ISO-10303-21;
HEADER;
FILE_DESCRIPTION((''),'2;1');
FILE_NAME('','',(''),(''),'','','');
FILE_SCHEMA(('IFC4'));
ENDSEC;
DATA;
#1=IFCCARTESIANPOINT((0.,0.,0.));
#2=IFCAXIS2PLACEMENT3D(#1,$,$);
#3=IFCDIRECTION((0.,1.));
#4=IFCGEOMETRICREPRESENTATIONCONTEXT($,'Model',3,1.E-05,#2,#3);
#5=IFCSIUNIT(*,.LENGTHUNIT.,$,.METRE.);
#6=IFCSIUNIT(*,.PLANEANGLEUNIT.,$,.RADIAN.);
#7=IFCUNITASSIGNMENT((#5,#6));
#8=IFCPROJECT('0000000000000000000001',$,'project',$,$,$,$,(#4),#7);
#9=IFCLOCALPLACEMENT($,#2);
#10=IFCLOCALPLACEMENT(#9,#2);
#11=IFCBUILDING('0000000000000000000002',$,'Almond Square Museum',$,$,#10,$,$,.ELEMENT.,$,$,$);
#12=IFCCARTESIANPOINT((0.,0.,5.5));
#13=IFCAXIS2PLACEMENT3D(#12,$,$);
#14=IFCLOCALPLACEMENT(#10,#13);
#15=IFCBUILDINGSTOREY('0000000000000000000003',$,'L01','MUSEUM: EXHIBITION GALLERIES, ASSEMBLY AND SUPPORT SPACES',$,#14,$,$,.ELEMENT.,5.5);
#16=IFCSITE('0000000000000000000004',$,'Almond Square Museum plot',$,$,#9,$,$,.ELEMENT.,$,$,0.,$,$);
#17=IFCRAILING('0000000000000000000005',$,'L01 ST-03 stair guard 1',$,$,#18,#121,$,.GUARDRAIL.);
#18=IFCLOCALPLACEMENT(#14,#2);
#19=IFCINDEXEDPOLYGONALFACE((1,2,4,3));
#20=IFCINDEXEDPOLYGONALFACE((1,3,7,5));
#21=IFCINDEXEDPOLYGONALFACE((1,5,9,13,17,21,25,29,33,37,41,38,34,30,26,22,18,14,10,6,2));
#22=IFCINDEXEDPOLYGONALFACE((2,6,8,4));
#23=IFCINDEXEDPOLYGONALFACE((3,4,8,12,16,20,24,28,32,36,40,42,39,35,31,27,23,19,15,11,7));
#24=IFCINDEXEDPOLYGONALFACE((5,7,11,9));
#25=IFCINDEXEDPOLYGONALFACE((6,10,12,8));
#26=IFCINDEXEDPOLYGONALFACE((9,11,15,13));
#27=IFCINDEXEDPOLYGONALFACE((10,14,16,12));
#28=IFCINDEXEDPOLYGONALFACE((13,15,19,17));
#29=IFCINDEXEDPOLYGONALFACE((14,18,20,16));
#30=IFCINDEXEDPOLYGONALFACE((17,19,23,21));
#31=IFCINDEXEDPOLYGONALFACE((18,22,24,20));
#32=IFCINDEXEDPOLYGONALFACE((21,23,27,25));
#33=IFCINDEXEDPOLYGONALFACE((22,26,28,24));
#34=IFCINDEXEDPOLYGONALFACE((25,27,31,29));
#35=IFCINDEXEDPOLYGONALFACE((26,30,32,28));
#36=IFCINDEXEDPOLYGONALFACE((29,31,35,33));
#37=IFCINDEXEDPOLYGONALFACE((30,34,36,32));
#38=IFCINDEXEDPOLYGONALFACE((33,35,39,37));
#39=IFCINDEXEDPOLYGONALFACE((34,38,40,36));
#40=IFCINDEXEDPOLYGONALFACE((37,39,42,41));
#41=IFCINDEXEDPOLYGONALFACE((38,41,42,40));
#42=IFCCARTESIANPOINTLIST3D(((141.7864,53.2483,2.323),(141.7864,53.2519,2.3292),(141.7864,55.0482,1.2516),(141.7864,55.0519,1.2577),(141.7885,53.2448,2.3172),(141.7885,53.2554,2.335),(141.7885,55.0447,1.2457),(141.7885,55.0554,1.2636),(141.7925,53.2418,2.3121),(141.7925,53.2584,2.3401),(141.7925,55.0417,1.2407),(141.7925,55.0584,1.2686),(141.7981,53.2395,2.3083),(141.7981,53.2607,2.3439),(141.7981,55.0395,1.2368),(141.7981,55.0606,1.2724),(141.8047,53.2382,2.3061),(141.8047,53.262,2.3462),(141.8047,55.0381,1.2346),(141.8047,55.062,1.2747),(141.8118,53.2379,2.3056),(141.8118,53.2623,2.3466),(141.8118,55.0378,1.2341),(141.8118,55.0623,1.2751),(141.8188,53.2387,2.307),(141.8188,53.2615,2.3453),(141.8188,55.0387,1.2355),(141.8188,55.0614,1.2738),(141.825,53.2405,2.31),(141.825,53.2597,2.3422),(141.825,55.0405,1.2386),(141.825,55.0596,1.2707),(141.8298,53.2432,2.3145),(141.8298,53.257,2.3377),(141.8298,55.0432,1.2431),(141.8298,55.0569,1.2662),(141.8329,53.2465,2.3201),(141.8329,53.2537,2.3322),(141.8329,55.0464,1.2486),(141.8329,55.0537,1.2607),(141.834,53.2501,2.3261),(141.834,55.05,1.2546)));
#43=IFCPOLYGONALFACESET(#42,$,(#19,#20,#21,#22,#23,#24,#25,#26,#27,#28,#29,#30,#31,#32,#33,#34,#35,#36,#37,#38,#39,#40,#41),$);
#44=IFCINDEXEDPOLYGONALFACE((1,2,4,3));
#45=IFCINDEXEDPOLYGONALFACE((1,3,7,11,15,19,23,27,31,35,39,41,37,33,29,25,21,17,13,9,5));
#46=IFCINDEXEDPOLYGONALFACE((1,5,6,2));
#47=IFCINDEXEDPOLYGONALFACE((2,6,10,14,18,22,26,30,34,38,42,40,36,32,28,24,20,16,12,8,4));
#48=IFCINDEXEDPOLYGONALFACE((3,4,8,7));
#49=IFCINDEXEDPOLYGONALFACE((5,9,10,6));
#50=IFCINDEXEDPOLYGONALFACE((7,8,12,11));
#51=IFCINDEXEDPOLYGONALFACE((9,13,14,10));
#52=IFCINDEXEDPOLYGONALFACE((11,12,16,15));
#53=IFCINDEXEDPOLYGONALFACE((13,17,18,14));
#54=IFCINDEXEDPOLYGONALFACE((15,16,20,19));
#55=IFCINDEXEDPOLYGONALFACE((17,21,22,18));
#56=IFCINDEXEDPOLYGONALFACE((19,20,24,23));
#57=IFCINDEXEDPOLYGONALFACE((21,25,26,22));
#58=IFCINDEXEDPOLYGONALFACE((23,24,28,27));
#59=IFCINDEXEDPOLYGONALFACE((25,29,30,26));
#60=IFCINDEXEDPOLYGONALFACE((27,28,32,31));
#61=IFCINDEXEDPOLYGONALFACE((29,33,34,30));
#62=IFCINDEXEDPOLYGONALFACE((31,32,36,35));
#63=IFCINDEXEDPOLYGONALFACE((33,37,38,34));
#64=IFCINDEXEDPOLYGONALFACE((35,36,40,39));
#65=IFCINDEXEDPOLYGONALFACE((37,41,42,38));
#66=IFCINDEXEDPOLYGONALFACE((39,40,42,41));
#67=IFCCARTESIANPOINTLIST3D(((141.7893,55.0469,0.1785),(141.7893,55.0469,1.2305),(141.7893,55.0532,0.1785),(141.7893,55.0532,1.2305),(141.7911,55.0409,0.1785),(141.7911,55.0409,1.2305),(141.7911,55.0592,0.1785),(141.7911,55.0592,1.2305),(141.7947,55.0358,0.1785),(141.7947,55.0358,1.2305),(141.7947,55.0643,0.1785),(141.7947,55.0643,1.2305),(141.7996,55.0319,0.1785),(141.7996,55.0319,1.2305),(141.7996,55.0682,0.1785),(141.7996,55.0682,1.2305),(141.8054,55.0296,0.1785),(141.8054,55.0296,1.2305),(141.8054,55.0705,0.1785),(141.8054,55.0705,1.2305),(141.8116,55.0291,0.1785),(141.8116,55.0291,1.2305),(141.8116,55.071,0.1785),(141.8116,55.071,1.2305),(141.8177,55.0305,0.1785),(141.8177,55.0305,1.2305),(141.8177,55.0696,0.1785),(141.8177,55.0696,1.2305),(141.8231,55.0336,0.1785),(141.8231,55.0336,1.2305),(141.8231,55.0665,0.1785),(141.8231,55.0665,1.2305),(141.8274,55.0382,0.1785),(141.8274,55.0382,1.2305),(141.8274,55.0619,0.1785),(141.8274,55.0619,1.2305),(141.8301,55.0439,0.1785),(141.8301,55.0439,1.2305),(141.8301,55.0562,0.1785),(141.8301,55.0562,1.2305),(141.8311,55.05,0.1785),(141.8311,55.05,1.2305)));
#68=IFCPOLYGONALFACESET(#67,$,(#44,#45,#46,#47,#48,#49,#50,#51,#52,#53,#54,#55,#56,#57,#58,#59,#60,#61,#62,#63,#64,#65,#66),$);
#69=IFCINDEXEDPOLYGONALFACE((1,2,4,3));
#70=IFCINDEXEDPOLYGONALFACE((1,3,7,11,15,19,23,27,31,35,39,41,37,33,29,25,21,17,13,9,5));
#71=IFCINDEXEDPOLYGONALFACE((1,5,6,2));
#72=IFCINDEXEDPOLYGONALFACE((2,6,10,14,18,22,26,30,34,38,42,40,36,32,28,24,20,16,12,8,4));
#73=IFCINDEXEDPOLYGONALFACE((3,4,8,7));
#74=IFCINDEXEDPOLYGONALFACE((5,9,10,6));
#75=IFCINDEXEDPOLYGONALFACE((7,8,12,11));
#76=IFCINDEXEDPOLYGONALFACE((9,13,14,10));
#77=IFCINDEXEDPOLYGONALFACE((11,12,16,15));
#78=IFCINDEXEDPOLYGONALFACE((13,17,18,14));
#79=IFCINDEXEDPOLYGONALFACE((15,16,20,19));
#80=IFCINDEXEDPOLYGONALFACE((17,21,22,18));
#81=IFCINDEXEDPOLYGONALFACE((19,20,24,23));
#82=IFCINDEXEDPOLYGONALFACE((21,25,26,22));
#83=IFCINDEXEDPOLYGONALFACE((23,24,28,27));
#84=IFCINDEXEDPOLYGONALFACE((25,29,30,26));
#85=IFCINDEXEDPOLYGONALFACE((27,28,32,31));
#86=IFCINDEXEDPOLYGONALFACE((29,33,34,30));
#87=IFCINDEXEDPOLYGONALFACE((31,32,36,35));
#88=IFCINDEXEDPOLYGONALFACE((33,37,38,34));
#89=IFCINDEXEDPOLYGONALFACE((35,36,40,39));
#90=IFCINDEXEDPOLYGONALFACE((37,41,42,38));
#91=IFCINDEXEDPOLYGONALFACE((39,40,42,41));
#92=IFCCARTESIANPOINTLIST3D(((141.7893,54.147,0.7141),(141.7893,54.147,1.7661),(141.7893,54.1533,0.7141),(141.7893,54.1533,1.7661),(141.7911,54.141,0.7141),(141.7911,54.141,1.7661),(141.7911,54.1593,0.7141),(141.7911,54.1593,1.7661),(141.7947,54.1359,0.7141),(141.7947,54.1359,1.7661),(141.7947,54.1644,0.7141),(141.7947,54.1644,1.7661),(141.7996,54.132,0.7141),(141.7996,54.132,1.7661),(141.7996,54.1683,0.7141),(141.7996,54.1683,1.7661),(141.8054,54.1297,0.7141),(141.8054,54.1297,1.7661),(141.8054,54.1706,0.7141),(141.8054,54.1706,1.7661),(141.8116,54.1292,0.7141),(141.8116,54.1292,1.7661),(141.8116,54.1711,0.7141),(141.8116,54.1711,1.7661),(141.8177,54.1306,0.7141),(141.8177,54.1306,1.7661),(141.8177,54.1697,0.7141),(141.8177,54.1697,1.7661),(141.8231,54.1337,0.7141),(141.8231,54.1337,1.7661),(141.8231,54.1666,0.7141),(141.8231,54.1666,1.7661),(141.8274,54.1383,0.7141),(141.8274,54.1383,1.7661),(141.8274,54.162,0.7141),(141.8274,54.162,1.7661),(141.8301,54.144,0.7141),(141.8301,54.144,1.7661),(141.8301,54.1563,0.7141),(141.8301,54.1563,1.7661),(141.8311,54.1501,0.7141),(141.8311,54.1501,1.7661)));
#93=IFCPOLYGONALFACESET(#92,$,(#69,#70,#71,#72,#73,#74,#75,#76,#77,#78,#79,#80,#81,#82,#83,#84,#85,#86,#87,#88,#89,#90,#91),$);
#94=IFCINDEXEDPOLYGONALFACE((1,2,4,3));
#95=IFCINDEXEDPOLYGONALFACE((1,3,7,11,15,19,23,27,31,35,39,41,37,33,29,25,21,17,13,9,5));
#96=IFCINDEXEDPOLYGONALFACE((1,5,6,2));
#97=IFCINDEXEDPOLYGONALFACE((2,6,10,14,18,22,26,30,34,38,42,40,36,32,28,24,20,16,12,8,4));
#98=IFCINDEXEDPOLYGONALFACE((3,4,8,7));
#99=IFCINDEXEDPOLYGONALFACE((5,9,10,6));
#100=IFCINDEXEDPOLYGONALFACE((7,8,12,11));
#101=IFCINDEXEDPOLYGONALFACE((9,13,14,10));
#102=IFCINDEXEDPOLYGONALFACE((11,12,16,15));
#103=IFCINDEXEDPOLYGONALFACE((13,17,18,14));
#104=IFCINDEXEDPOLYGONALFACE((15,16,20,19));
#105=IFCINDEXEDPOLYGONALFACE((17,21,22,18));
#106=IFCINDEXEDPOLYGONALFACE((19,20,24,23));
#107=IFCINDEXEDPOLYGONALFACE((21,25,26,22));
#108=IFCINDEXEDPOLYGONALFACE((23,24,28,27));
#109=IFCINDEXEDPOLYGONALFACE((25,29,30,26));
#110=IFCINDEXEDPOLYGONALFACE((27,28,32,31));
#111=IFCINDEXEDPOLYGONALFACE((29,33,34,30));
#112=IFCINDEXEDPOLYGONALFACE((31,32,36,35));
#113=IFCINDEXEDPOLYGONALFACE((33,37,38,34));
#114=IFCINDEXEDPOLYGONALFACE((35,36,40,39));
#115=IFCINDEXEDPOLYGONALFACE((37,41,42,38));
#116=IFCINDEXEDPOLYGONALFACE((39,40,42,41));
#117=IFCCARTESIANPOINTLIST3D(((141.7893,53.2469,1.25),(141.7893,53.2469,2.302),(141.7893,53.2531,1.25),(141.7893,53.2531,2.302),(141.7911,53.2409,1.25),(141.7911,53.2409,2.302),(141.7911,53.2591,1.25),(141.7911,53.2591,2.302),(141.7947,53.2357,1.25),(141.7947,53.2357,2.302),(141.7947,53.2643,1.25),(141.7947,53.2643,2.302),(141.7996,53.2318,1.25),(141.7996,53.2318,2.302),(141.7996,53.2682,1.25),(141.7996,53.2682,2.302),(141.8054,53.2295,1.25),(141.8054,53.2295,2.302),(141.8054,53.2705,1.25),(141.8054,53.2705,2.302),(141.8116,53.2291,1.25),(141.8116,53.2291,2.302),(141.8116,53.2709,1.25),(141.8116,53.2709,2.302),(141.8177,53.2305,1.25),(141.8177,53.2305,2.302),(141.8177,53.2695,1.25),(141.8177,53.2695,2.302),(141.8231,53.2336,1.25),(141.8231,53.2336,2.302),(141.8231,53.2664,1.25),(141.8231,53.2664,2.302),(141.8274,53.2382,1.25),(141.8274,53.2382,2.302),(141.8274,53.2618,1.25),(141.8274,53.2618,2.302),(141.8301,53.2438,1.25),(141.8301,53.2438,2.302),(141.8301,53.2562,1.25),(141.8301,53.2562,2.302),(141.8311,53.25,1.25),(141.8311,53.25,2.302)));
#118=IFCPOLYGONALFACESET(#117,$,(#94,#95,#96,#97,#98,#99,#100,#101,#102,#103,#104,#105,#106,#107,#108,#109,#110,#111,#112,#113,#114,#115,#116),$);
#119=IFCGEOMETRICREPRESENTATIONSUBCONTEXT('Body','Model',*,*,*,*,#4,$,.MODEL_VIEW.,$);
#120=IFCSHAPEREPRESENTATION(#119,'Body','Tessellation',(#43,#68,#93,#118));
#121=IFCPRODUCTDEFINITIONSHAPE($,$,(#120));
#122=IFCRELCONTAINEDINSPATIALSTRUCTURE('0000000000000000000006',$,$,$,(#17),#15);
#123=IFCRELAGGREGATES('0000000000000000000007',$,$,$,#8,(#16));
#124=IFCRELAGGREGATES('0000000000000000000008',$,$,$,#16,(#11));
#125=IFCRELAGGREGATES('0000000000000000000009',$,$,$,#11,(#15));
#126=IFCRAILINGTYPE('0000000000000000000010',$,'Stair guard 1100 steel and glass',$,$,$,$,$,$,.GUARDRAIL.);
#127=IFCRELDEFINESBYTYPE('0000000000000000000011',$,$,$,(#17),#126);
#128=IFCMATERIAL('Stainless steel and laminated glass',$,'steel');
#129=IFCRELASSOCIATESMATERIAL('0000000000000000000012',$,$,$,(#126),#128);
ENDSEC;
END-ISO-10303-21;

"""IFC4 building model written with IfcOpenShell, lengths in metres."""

from ifc_helpers import new_model, si_unit, direction, frame, origin, origin_2d, place, context, subcontext, project, spatial, circle, extrude, material, type_object, element, save


model = new_model("IFC4")

# Units and contexts
model_context = context("Model", 3, precision=1e-05, world=origin(), true_north=direction((0.0, 1.0)))
body_context = subcontext(model_context, "Body", "Model", "MODEL_VIEW")
ifc_project = project(units=[si_unit("LENGTHUNIT", "METRE"), si_unit("PLANEANGLEUNIT", "RADIAN")], contexts=[model_context])

# Site, building, storey
site_placement = place(None, origin())
site = spatial("IfcSite", under=ifc_project, at=site_placement, Name="Almond Square Museum plot", CompositionType="ELEMENT", RefElevation=0.0)
building_placement = place(site_placement, origin())
building = spatial("IfcBuilding", under=site, at=building_placement, Name="Almond Square Museum", CompositionType="ELEMENT")
storey_placement = place(building_placement, frame((0.0, 0.0, 5.5)))
storey = spatial("IfcBuildingStorey", under=building, at=storey_placement, Name="L01", Description="MUSEUM: EXHIBITION GALLERIES, ASSEMBLY AND SUPPORT SPACES", CompositionType="ELEMENT", Elevation=5.5)

# Railing
ifc_material_1 = material(Name="Stainless steel and laminated glass", Category="steel")
railing_type_1 = type_object("IfcRailingType", Name="Stair guard 1100 steel and glass", PredefinedType="GUARDRAIL", material=ifc_material_1)
railing_1_placement = place(storey_placement, frame((141.8101, 55.05, 0.1785)))
element("IfcRailing", 1, at=railing_1_placement, inside=storey, type_object=railing_type_1, Name="L01 ST-03 stair guard 1", PredefinedType="GUARDRAIL", context=body_context, shape_type="SweptSolid", body=[
    extrude(circle(Radius=0.0239, at=origin_2d()), frame((0.0, 0.0, 1.0762), z_axis=(0.0, -0.859277, 0.51151), x_axis=(1.0, 0.0, 0.0)), (0.0, 0.0, 1.0), 2.0947),
    extrude(circle(Radius=0.021, at=origin_2d()), origin(), (0.0, 0.0, 1.0), 1.052),
    extrude(circle(Radius=0.021, at=origin_2d()), frame((0.0, -0.8999, 0.5356)), (0.0, 0.0, 1.0), 1.052),
    extrude(circle(Radius=0.021, at=origin_2d()), frame((0.0, -1.8, 1.0715)), (0.0, 0.0, 1.0), 1.052),
])

save(model, "model.ifc")
